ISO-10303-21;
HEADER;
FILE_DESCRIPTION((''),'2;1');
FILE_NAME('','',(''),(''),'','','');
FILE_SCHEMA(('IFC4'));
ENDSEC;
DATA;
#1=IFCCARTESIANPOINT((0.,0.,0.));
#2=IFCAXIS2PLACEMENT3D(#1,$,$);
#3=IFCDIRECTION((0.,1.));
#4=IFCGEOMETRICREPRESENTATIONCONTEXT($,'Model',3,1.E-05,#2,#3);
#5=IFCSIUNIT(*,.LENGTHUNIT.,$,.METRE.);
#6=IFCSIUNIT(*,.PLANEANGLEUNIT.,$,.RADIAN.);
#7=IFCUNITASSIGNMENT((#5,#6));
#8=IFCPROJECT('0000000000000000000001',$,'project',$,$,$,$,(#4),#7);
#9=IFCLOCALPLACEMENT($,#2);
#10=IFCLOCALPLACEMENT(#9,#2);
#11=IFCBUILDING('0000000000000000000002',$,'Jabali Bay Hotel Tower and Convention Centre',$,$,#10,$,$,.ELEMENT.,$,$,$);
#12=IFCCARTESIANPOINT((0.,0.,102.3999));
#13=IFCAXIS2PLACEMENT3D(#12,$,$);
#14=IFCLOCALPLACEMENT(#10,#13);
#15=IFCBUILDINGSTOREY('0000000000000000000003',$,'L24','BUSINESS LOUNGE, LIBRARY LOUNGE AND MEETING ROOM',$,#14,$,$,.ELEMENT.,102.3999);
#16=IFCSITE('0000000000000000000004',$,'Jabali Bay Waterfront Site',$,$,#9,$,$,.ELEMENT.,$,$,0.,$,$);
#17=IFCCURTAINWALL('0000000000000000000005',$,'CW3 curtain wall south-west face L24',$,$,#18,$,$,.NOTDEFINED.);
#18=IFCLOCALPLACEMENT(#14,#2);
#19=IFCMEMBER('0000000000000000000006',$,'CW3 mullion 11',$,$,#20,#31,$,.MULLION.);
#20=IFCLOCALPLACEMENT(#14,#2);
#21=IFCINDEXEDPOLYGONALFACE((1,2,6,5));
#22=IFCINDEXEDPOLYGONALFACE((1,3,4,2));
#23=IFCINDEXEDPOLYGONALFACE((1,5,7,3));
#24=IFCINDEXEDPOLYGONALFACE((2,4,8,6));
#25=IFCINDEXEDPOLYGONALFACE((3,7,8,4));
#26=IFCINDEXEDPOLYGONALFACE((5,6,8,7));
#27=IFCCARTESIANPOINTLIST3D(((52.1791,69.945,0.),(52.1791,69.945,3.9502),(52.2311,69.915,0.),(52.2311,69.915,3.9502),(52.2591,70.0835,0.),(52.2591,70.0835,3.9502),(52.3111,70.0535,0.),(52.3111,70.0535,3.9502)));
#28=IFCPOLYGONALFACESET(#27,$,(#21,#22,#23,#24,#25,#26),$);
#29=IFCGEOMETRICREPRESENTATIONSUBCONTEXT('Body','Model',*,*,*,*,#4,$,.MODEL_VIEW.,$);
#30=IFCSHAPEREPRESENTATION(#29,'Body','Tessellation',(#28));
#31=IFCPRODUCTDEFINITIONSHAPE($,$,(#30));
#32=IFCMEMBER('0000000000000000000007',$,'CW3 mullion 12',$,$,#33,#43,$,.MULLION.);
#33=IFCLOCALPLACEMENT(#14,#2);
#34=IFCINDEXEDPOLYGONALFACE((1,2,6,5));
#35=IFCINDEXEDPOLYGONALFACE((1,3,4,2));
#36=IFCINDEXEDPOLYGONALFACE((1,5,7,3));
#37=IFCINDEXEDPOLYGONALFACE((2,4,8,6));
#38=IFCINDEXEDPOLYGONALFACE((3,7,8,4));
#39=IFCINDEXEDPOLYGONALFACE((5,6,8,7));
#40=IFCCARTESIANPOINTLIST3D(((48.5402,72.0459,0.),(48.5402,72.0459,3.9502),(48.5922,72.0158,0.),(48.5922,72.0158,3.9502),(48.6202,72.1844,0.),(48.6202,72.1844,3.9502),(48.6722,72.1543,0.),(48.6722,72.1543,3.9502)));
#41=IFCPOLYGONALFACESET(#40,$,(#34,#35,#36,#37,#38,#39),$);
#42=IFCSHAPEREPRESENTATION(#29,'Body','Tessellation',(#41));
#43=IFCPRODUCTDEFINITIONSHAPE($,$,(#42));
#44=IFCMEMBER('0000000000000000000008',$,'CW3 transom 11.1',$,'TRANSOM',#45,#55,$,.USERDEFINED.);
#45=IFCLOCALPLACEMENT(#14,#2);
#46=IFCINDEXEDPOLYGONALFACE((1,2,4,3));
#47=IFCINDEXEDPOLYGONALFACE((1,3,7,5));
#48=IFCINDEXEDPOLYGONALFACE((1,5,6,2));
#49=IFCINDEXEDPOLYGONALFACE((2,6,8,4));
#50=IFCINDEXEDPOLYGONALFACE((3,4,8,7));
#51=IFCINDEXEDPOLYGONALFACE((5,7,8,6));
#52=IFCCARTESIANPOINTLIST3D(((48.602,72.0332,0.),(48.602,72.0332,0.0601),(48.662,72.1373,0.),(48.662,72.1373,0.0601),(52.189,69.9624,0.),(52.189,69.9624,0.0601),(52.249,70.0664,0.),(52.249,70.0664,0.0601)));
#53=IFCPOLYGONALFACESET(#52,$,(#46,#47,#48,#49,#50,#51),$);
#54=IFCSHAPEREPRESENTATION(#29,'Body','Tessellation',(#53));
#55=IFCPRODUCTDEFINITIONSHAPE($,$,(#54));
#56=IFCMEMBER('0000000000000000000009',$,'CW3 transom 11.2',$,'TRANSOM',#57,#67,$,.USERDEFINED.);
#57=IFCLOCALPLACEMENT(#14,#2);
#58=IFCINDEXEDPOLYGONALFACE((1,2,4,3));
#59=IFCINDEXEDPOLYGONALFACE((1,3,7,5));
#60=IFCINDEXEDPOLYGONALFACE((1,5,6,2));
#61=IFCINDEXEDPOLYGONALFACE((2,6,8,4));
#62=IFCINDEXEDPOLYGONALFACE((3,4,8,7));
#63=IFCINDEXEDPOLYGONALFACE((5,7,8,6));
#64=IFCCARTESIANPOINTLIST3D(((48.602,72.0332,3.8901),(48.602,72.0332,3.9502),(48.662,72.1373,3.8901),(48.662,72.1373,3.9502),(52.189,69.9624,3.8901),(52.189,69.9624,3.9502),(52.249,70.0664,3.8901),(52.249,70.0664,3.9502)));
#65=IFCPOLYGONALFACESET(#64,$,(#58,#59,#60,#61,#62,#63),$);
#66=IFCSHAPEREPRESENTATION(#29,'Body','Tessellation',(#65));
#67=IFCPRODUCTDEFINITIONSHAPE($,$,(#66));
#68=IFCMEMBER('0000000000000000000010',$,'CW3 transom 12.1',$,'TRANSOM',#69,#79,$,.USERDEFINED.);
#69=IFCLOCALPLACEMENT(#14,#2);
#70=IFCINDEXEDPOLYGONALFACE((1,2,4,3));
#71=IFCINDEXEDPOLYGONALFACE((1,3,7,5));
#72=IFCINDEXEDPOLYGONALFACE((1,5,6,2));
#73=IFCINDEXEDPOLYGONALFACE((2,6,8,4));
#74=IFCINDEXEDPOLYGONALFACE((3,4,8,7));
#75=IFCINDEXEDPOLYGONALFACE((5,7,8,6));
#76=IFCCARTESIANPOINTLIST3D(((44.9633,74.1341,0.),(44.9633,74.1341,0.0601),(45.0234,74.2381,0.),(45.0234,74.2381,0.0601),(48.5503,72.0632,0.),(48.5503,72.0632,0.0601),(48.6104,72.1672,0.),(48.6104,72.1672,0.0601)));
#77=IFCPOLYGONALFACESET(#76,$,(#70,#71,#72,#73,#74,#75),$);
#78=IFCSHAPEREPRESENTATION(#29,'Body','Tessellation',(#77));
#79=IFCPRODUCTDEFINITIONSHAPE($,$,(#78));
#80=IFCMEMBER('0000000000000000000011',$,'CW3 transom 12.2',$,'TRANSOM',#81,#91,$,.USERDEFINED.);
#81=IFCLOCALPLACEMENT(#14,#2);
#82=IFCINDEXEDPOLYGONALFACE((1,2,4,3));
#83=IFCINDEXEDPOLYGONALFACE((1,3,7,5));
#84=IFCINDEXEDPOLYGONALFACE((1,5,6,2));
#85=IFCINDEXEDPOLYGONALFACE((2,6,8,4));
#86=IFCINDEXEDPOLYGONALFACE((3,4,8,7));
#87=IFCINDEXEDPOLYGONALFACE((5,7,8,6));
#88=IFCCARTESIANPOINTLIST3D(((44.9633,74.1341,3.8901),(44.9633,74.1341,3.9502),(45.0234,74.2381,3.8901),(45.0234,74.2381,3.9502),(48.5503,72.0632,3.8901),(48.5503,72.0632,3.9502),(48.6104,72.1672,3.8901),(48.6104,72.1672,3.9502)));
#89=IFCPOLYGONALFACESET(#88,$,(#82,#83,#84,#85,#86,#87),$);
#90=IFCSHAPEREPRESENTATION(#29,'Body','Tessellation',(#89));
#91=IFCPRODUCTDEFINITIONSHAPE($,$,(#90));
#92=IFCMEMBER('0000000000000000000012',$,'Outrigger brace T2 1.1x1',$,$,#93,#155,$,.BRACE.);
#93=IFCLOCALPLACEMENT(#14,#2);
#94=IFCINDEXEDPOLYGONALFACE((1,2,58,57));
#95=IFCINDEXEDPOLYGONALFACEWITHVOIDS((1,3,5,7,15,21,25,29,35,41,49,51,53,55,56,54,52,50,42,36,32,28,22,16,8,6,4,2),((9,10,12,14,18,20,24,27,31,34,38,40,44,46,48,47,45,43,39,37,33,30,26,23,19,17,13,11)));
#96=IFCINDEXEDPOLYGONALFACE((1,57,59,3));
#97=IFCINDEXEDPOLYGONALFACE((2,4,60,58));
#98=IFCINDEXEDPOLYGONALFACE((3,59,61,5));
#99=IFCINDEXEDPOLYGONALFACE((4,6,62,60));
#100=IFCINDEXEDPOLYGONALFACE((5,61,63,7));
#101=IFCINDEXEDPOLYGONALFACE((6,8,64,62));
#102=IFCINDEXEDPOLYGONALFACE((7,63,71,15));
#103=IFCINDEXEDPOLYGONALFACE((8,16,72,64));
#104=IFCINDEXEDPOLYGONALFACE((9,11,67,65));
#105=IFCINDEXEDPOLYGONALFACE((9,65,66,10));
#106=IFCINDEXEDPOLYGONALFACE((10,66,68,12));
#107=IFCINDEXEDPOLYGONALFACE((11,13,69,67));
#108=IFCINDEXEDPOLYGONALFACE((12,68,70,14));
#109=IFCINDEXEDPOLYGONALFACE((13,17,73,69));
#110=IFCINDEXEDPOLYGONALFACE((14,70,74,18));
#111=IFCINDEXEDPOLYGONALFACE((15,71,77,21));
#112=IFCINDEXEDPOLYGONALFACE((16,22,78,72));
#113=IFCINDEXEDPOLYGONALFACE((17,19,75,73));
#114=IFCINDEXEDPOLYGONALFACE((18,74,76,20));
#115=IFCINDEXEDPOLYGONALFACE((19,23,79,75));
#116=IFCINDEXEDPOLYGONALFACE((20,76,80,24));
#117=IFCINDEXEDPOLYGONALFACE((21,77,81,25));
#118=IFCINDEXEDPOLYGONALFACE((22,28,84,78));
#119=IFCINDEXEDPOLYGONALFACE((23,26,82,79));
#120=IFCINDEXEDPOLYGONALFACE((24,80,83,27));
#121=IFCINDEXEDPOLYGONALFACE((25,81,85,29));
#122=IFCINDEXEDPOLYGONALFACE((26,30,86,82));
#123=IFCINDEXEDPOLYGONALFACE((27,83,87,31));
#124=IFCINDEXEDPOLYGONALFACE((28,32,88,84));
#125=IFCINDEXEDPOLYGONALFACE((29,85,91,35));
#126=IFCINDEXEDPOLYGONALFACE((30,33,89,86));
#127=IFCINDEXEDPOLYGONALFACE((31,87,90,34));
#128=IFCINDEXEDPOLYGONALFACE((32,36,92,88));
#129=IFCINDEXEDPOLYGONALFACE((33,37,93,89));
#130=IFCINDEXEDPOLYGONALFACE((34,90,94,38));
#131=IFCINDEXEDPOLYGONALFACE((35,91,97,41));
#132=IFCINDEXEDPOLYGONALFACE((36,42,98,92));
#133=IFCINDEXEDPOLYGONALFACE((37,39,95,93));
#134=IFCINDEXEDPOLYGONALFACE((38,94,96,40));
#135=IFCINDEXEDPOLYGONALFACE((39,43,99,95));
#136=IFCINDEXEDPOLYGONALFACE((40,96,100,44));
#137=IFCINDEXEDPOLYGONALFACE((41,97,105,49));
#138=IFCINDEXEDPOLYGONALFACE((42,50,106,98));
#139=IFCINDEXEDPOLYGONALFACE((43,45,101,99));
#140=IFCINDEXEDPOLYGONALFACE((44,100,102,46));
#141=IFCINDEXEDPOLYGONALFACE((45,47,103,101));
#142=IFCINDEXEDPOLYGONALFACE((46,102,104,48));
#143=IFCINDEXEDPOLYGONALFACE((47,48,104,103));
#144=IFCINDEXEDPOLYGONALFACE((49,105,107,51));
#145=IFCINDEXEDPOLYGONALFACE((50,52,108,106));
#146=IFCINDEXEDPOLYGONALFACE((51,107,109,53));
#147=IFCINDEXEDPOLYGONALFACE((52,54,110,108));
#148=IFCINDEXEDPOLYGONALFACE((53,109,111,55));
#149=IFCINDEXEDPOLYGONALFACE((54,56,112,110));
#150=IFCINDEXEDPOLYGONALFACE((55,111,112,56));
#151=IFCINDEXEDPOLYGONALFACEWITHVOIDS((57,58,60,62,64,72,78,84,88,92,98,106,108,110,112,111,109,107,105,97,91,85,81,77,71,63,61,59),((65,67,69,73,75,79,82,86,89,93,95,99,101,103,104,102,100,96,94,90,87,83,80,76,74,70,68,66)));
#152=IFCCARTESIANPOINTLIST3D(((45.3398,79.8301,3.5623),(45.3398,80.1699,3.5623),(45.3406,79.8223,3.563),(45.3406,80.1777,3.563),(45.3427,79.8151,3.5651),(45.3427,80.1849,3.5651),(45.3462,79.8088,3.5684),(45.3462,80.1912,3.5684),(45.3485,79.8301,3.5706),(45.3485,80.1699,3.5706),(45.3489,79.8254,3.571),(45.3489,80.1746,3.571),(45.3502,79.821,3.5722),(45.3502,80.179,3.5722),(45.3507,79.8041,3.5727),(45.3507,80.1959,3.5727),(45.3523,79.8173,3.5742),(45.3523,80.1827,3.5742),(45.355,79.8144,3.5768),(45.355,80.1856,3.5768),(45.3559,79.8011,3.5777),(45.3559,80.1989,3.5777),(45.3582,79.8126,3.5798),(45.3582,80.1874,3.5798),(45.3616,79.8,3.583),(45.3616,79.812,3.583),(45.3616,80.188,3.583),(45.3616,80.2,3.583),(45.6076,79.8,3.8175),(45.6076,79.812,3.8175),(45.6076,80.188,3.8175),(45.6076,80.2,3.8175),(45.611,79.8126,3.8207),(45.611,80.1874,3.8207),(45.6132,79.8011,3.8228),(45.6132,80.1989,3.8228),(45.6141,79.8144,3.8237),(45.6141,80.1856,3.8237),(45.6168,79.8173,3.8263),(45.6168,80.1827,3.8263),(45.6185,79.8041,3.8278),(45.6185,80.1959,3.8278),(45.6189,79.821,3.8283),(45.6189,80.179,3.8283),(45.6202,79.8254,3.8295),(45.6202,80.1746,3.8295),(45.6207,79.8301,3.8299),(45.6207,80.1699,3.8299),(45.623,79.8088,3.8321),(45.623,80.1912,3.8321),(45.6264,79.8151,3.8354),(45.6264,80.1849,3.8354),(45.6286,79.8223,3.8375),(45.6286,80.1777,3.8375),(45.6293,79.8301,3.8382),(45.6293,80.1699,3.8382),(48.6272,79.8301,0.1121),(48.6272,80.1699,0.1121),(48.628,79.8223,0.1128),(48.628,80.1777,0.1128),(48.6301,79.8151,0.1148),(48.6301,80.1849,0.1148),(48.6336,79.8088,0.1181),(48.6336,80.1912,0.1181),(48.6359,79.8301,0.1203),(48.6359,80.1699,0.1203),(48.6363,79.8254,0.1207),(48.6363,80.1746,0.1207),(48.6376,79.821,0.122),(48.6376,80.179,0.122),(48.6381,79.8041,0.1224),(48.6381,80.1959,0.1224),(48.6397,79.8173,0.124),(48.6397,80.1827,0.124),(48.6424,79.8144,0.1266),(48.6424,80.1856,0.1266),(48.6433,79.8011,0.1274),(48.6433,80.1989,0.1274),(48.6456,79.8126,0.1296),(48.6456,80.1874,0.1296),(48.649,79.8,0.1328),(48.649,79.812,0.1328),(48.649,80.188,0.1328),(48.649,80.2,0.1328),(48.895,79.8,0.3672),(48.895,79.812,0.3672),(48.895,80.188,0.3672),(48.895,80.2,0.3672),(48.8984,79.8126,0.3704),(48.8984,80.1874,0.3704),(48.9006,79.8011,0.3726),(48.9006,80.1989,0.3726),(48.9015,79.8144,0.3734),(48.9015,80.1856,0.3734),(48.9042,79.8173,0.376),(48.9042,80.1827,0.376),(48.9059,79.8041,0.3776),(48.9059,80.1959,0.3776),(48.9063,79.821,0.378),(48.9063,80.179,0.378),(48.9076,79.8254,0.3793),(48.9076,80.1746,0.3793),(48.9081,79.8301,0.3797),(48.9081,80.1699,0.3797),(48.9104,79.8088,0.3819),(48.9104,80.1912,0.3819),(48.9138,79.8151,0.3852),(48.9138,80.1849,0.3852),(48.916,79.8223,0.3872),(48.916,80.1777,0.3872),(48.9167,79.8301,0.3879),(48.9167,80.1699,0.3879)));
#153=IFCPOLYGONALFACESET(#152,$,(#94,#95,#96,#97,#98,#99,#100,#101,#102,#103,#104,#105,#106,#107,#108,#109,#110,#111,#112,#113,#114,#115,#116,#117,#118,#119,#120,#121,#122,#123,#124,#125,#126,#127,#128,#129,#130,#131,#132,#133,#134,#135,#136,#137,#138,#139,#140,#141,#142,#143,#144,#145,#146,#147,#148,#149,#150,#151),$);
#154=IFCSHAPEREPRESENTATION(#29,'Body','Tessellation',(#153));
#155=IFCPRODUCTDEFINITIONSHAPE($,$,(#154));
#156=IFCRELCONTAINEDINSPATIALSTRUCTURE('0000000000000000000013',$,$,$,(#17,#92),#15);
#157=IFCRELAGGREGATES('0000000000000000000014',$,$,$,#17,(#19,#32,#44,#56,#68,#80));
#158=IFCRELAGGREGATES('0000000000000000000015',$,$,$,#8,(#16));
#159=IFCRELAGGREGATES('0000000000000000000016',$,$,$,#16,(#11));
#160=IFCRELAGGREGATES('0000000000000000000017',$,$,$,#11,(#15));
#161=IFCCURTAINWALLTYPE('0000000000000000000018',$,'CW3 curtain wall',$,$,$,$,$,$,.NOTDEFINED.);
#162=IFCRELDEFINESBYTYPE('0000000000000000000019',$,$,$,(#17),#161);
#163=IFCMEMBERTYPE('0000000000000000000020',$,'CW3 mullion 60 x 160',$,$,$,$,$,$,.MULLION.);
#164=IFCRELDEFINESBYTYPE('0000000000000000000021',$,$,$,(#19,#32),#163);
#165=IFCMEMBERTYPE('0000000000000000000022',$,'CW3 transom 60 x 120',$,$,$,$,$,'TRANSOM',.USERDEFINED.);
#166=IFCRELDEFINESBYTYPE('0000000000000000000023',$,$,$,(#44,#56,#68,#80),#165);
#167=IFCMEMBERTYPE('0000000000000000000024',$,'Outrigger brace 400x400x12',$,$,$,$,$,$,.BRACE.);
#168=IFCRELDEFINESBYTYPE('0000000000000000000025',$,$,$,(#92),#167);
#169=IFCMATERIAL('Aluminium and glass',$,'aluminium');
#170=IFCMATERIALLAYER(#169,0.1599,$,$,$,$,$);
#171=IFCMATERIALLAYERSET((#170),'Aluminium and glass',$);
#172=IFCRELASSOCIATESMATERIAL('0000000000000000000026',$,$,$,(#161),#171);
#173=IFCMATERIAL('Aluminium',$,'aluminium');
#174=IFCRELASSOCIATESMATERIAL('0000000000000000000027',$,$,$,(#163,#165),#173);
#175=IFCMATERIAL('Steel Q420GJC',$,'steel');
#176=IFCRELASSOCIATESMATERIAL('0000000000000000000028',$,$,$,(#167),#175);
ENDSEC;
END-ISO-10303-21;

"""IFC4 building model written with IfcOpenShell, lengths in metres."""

from ifc_helpers import new_model, si_unit, direction, frame, origin, origin_2d, place, context, subcontext, project, spatial, rectangle, hollow_rectangle, extrude, material, layer, layer_set, material_profile, profile_set, type_object, element, aggregate, save


model = new_model("IFC4")

# Units and contexts
model_context = context("Model", 3, precision=1e-05, world=origin(), true_north=direction((0.0, 1.0)))
body_context = subcontext(model_context, "Body", "Model", "MODEL_VIEW")
ifc_project = project(units=[si_unit("LENGTHUNIT", "METRE"), si_unit("PLANEANGLEUNIT", "RADIAN")], contexts=[model_context])

# Site, building, storey
site_placement = place(None, origin())
site = spatial("IfcSite", under=ifc_project, at=site_placement, Name="Jabali Bay Waterfront Site", CompositionType="ELEMENT", RefElevation=0.0)
building_placement = place(site_placement, origin())
building = spatial("IfcBuilding", under=site, at=building_placement, Name="Jabali Bay Hotel Tower and Convention Centre", CompositionType="ELEMENT")
storey_placement = place(building_placement, frame((0.0, 0.0, 102.3999)))
storey = spatial("IfcBuildingStorey", under=building, at=storey_placement, Name="L24", Description="BUSINESS LOUNGE, LIBRARY LOUNGE AND MEETING ROOM", CompositionType="ELEMENT", Elevation=102.3999)

# Curtain wall, members
ifc_material_1 = material(Name="Aluminium and glass", Category="aluminium")
ifc_layer_1 = layer(ifc_material_1, 0.1599)
ifc_layer_set_1 = layer_set([ifc_layer_1], Name="Aluminium and glass")
curtain_wall_type = type_object("IfcCurtainWallType", Name="CW3 curtain wall", PredefinedType="NOTDEFINED", material=ifc_layer_set_1)
curtain_wall_placement = place(storey_placement, origin())
curtain_wall = element("IfcCurtainWall", 1, at=curtain_wall_placement, inside=storey, type_object=curtain_wall_type, Name="CW3 curtain wall south-west face L24", PredefinedType="NOTDEFINED")
ifc_material_2 = material(Name="Aluminium", Category="aluminium")
ifc_material_profile_1 = material_profile(ifc_material_2, rectangle(XDim=0.1599, YDim=0.0601, at=origin_2d()), Name="CW3 mullion 60 x 160")
ifc_profile_set_1 = profile_set([ifc_material_profile_1], Name="Aluminium")
member_type_1 = type_object("IfcMemberType", Name="CW3 mullion 60 x 160", PredefinedType="MULLION", material=ifc_profile_set_1)
member_1_placement = place(storey_placement, frame((52.2451, 69.9993, 0.0), z_axis=(0.0, 0.0, 1.0), x_axis=(-0.5, -0.866025, 0.0)))
member_1 = element("IfcMember", 2, at=member_1_placement, type_object=member_type_1, Name="CW3 mullion 11", PredefinedType="MULLION", context=body_context, shape_type="SweptSolid", body=[
    extrude(rectangle(XDim=0.1599, YDim=0.0601, at=origin_2d()), origin(), (0.0, 0.0, 1.0), 3.9502),
])
member_2_placement = place(storey_placement, frame((48.6062, 72.1001, 0.0), z_axis=(0.0, 0.0, 1.0), x_axis=(-0.5, -0.866025, 0.0)))
member_2 = element("IfcMember", 3, at=member_2_placement, type_object=member_type_1, Name="CW3 mullion 12", PredefinedType="MULLION", context=body_context, shape_type="SweptSolid", body=[
    extrude(rectangle(XDim=0.1599, YDim=0.0601, at=origin_2d()), origin(), (0.0, 0.0, 1.0), 3.9502),
])
ifc_material_profile_2 = material_profile(ifc_material_2, rectangle(XDim=0.1201, YDim=0.0601, at=origin_2d()), Name="CW3 transom 60 x 120")
ifc_profile_set_2 = profile_set([ifc_material_profile_2], Name="Aluminium")
member_type_2 = type_object("IfcMemberType", Name="CW3 transom 60 x 120", ElementType="TRANSOM", PredefinedType="USERDEFINED", material=ifc_profile_set_2)
member_3_placement = place(storey_placement, frame((52.219, 70.0144, 0.03), z_axis=(-0.866036, 0.499981, 0.0), x_axis=(-0.499981, -0.866036, 0.0)))
member_3 = element("IfcMember", 4, at=member_3_placement, type_object=member_type_2, Name="CW3 transom 11.1", ObjectType="TRANSOM", PredefinedType="USERDEFINED", context=body_context, shape_type="SweptSolid", body=[
    extrude(rectangle(XDim=0.1201, YDim=0.0601, at=origin_2d()), origin(), (0.0, 0.0, 1.0), 4.1418),
])
member_4_placement = place(storey_placement, frame((52.219, 70.0144, 3.9202), z_axis=(-0.866036, 0.499981, 0.0), x_axis=(-0.499981, -0.866036, 0.0)))
member_4 = element("IfcMember", 5, at=member_4_placement, type_object=member_type_2, Name="CW3 transom 11.2", ObjectType="TRANSOM", PredefinedType="USERDEFINED", context=body_context, shape_type="SweptSolid", body=[
    extrude(rectangle(XDim=0.1201, YDim=0.0601, at=origin_2d()), origin(), (0.0, 0.0, 1.0), 4.1418),
])
member_5_placement = place(storey_placement, frame((48.5803, 72.1152, 0.03), z_axis=(-0.866036, 0.499981, 0.0), x_axis=(-0.499981, -0.866036, 0.0)))
member_5 = element("IfcMember", 6, at=member_5_placement, type_object=member_type_2, Name="CW3 transom 12.1", ObjectType="TRANSOM", PredefinedType="USERDEFINED", context=body_context, shape_type="SweptSolid", body=[
    extrude(rectangle(XDim=0.1201, YDim=0.0601, at=origin_2d()), origin(), (0.0, 0.0, 1.0), 4.1418),
])
member_6_placement = place(storey_placement, frame((48.5803, 72.1152, 3.9202), z_axis=(-0.866036, 0.499981, 0.0), x_axis=(-0.499981, -0.866036, 0.0)))
member_6 = element("IfcMember", 7, at=member_6_placement, type_object=member_type_2, Name="CW3 transom 12.2", ObjectType="TRANSOM", PredefinedType="USERDEFINED", context=body_context, shape_type="SweptSolid", body=[
    extrude(rectangle(XDim=0.1201, YDim=0.0601, at=origin_2d()), origin(), (0.0, 0.0, 1.0), 4.1418),
])

# Member
ifc_material_3 = material(Name="Steel Q420GJC", Category="steel")
ifc_material_profile_3 = material_profile(ifc_material_3, hollow_rectangle(XDim=0.3999, YDim=0.3999, WallThickness=0.012, InnerFilletRadius=0.0181, OuterFilletRadius=0.03, at=origin_2d()), Name="Outrigger brace 400x400x12")
ifc_profile_set_3 = profile_set([ifc_material_profile_3], Name="Steel Q420GJC")
member_type_3 = type_object("IfcMemberType", Name="Outrigger brace 400x400x12", PredefinedType="BRACE", material=ifc_profile_set_3)
member_7_placement = place(storey_placement, frame((48.772, 80.0, 0.25), z_axis=(-0.689815, 0.0, 0.723986), x_axis=(0.0, -1.0, 0.0)))
element("IfcMember", 8, at=member_7_placement, inside=storey, type_object=member_type_3, Name="Outrigger brace T2 1.1x1", PredefinedType="BRACE", context=body_context, shape_type="SweptSolid", body=[
    extrude(hollow_rectangle(XDim=0.3999, YDim=0.3999, WallThickness=0.012, InnerFilletRadius=0.0181, OuterFilletRadius=0.03, at=origin_2d()), origin(), (0.0, 0.0, 1.0), 4.7656),
])

aggregate(curtain_wall, [member_1, member_2, member_3, member_4, member_5, member_6])

save(model, "model.ifc")
